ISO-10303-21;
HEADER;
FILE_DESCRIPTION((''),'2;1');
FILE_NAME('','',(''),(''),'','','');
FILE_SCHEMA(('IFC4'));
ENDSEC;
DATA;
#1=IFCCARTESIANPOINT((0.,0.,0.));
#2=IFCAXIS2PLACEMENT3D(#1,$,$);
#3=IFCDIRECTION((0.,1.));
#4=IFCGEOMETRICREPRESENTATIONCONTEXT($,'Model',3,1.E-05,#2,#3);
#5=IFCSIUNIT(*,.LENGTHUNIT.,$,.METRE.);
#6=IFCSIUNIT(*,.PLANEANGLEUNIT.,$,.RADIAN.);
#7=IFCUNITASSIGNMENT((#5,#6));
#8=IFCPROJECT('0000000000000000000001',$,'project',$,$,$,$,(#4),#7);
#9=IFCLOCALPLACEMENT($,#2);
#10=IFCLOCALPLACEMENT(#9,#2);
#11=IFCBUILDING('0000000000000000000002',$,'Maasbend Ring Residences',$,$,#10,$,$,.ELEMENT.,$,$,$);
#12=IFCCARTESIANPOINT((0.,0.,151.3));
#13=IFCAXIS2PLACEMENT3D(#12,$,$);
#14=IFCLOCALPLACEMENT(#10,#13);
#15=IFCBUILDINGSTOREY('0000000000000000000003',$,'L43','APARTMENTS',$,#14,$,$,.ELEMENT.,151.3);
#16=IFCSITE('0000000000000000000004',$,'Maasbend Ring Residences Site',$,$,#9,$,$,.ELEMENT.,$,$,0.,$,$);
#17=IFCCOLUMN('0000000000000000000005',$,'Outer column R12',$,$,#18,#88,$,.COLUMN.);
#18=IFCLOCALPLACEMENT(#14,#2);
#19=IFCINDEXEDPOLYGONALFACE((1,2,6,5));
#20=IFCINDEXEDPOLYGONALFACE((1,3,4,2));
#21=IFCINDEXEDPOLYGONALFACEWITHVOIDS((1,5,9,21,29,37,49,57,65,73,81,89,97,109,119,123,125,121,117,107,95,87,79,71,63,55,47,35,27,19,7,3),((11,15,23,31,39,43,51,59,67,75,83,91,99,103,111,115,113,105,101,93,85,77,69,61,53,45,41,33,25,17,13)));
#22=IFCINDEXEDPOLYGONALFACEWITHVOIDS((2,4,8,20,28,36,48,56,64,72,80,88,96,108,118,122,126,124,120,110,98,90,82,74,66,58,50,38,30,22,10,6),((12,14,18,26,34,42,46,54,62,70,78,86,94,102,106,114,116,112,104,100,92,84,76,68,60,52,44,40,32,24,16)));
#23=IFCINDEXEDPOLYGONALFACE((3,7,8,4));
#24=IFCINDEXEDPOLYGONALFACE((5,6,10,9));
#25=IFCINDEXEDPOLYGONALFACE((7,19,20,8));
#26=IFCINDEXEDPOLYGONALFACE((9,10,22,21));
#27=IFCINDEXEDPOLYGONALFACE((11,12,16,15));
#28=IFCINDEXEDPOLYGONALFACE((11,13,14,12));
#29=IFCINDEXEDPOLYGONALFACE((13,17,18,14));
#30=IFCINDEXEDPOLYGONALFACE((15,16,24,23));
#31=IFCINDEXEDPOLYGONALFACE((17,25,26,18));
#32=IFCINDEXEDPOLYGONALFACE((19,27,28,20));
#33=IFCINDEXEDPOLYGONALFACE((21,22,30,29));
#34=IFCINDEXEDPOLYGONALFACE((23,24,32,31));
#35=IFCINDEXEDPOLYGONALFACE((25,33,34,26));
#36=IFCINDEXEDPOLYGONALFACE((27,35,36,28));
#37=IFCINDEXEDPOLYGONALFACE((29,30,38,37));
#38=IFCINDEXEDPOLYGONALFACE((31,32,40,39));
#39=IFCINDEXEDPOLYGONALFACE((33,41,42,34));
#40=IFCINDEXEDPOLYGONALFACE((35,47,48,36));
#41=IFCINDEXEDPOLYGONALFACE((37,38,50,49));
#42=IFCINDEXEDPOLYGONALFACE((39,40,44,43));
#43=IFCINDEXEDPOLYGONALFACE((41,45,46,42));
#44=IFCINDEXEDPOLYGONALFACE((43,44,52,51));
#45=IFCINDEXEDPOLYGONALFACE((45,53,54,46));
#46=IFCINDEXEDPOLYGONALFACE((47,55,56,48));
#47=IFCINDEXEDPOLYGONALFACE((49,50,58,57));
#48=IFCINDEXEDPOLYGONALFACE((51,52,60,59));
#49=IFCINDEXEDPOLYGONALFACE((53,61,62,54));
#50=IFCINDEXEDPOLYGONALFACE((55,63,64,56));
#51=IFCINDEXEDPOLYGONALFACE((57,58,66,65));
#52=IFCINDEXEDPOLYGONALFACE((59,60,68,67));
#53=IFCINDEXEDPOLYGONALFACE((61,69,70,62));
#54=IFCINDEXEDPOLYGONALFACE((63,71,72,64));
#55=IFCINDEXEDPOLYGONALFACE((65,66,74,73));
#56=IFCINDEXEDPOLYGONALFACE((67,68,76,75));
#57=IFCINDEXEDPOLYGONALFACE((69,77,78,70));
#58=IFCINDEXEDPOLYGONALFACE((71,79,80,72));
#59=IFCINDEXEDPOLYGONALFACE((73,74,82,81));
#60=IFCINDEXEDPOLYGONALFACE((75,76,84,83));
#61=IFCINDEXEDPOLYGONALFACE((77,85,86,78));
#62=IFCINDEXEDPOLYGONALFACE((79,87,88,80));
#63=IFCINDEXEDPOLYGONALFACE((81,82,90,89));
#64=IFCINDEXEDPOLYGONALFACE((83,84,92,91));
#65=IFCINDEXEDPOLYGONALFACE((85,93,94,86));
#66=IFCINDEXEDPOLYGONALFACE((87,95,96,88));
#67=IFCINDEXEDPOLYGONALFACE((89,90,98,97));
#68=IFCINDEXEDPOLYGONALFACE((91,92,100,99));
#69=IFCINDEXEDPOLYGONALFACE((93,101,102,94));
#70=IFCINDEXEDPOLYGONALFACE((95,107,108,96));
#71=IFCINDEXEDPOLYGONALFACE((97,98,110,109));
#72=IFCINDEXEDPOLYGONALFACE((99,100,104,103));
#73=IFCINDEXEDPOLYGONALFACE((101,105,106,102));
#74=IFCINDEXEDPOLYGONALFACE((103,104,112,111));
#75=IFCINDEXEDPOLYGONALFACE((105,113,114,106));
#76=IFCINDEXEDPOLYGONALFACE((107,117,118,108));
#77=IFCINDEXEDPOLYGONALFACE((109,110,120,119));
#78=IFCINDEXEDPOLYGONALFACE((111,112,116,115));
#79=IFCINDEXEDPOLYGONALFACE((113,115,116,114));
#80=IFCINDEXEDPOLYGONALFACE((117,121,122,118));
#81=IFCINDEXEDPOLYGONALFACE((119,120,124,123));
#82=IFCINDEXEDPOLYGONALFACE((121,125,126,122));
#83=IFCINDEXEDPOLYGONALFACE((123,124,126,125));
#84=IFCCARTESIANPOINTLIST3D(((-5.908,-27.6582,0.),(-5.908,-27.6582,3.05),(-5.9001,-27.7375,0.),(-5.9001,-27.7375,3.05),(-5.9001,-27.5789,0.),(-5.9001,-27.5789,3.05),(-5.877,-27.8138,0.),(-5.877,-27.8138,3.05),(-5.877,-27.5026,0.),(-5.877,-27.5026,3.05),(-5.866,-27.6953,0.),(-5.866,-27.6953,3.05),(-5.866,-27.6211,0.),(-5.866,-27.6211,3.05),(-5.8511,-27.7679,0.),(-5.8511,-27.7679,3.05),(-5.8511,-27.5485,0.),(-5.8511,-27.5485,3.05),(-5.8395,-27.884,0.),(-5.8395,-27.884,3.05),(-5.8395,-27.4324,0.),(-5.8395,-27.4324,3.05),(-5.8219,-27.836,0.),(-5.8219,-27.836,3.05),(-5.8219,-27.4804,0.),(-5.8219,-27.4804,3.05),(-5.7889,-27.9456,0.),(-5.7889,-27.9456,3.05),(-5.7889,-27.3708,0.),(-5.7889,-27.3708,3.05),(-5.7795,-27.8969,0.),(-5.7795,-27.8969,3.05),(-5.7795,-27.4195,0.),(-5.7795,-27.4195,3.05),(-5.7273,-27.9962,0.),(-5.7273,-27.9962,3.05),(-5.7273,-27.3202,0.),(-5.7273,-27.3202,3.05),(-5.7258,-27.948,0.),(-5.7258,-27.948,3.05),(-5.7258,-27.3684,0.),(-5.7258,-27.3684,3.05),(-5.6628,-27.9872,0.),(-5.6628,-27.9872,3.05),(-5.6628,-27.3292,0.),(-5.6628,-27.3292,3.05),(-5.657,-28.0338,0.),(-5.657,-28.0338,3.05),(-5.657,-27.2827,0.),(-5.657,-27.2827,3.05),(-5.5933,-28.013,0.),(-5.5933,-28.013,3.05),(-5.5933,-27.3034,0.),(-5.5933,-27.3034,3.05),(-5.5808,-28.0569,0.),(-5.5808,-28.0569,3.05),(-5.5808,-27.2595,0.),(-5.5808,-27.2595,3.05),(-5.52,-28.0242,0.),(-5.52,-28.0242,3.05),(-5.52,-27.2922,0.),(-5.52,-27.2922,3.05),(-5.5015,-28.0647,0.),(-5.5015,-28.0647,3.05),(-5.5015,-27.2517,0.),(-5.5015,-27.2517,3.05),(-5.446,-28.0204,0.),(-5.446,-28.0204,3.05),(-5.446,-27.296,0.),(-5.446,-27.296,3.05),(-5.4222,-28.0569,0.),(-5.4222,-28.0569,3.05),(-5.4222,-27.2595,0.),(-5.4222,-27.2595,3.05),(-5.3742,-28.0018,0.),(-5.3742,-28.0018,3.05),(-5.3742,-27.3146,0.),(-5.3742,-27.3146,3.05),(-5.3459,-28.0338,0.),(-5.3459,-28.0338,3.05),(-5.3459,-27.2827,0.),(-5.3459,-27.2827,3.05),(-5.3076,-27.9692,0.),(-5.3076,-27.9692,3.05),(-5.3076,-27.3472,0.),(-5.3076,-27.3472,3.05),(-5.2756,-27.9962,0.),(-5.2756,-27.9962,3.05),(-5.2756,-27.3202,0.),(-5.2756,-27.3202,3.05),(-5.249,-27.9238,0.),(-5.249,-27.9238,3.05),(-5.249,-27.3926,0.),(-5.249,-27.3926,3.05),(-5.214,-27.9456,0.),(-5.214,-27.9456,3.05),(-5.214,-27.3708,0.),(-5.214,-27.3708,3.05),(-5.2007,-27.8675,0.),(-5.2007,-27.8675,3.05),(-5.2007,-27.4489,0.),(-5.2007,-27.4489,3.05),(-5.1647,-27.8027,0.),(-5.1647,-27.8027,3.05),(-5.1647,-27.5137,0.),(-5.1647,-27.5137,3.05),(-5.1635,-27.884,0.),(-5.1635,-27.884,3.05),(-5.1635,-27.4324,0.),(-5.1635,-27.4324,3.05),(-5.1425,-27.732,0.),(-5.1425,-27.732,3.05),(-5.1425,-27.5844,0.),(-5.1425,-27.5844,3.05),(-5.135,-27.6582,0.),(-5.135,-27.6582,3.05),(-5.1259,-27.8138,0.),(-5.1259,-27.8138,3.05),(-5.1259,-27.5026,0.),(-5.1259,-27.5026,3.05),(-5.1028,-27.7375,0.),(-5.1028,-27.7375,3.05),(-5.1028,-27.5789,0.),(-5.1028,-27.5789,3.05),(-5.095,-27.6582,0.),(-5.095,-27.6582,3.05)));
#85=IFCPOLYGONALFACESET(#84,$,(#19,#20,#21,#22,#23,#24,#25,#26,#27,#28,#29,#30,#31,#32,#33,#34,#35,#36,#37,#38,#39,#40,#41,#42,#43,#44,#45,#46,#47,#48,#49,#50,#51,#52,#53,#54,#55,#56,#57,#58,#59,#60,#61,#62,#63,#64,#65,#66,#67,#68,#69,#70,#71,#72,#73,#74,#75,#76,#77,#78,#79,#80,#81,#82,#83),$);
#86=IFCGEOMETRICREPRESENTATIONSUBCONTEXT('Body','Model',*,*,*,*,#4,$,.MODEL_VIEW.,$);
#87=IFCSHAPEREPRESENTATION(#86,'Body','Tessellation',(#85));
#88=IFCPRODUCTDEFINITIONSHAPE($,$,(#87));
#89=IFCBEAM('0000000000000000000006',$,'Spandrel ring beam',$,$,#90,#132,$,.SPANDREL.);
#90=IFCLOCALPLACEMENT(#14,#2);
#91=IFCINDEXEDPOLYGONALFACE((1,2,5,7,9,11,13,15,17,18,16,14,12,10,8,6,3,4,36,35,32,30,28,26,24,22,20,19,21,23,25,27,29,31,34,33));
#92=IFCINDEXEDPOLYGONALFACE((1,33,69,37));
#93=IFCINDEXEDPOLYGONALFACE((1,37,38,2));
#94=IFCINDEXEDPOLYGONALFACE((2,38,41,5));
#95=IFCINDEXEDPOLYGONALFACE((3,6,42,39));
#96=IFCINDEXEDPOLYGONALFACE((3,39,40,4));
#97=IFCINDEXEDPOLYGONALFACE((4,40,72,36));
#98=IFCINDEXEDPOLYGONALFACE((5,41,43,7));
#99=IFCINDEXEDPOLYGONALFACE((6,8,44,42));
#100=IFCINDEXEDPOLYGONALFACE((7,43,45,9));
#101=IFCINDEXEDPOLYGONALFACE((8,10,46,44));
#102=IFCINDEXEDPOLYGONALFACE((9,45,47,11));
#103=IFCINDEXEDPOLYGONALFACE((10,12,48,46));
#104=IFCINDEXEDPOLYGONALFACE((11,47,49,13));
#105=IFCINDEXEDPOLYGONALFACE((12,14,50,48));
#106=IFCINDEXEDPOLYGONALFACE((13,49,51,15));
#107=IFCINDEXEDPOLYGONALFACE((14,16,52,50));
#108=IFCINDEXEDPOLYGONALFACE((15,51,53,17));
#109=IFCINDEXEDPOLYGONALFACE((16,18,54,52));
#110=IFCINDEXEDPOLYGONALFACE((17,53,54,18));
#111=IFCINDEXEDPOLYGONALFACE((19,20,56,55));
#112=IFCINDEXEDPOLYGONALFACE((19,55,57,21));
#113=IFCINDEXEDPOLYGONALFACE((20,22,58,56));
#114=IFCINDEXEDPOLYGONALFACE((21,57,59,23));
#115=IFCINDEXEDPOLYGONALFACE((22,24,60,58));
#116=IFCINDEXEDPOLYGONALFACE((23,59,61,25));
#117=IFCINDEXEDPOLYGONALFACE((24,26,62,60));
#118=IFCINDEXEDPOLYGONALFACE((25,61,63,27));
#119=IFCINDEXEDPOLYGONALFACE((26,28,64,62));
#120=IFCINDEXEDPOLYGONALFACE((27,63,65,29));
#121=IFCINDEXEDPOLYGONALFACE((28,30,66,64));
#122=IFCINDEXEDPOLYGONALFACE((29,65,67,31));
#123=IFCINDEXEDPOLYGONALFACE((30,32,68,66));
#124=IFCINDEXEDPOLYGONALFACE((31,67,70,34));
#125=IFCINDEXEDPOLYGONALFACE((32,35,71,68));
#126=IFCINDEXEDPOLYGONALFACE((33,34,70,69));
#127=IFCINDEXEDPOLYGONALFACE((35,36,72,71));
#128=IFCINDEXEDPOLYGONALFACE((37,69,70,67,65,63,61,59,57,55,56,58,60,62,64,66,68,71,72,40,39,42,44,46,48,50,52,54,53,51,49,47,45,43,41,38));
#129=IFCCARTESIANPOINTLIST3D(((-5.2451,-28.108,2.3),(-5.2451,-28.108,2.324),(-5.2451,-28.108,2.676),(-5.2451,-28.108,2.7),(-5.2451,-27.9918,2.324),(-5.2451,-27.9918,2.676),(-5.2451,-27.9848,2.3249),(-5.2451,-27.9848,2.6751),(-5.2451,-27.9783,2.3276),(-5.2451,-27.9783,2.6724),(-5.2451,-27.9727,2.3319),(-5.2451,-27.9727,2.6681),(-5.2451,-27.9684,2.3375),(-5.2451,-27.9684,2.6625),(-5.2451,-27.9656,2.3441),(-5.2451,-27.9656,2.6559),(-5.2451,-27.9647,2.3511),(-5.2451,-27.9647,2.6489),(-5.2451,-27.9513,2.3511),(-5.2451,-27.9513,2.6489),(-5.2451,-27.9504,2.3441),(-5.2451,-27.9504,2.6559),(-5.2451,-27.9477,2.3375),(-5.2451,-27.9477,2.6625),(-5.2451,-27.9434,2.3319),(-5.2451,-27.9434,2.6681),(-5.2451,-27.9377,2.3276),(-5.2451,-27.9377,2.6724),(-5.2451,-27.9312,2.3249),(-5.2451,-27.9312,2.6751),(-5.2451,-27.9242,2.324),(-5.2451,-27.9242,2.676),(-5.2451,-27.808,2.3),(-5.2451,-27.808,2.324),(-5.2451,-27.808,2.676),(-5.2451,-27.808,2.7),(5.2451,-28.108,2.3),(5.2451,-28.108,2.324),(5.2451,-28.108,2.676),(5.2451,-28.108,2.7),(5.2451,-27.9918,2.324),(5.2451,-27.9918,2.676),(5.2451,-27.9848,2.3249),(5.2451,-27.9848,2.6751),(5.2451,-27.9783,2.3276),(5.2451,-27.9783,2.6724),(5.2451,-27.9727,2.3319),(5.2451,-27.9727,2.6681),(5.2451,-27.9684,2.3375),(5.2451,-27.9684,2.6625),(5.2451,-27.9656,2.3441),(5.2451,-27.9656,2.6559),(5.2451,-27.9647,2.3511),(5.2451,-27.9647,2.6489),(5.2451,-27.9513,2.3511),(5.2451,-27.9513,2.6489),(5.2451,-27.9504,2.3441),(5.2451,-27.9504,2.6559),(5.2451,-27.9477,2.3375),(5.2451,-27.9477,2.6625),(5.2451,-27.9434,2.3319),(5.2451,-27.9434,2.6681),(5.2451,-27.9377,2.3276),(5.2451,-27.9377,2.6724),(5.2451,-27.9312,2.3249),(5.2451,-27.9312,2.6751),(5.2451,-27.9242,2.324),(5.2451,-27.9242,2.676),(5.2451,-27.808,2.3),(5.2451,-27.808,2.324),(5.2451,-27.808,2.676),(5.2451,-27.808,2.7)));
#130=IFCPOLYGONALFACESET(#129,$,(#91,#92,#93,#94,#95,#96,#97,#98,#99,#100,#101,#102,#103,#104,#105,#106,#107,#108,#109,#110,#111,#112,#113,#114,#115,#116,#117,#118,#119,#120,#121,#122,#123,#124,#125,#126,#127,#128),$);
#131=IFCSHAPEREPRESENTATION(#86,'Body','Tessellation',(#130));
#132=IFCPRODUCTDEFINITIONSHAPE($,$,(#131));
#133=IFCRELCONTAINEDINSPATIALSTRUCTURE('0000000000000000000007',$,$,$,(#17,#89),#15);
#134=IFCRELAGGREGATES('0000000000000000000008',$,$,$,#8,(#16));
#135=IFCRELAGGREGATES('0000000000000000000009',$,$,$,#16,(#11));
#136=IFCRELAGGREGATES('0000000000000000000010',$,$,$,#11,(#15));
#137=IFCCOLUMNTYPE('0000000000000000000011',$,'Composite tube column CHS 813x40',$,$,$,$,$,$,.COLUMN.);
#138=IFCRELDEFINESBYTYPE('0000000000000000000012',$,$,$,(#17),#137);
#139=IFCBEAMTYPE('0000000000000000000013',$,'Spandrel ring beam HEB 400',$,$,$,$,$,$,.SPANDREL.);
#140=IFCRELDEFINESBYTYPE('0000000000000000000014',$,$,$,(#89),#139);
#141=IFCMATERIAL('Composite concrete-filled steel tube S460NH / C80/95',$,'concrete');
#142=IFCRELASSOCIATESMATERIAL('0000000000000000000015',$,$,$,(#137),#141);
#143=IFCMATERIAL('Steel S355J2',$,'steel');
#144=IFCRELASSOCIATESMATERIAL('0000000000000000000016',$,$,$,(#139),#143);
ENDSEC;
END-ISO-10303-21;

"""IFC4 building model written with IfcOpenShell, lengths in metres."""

from ifc_helpers import new_model, si_unit, direction, frame, origin, origin_2d, place, context, subcontext, project, spatial, hollow_circle, i_section, extrude, material, material_profile, profile_set, type_object, element, save


model = new_model("IFC4")

# Units and contexts
model_context = context("Model", 3, precision=1e-05, world=origin(), true_north=direction((0.0, 1.0)))
body_context = subcontext(model_context, "Body", "Model", "MODEL_VIEW")
ifc_project = project(units=[si_unit("LENGTHUNIT", "METRE"), si_unit("PLANEANGLEUNIT", "RADIAN")], contexts=[model_context])

# Site, building, storey
site_placement = place(None, origin())
site = spatial("IfcSite", under=ifc_project, at=site_placement, Name="Maasbend Ring Residences Site", CompositionType="ELEMENT", RefElevation=0.0)
building_placement = place(site_placement, origin())
building = spatial("IfcBuilding", under=site, at=building_placement, Name="Maasbend Ring Residences", CompositionType="ELEMENT")
storey_placement = place(building_placement, frame((0.0, 0.0, 151.3)))
storey = spatial("IfcBuildingStorey", under=building, at=storey_placement, Name="L43", Description="APARTMENTS", CompositionType="ELEMENT", Elevation=151.3)

# Column
ifc_material_1 = material(Name="Composite concrete-filled steel tube S460NH / C80/95", Category="concrete")
ifc_material_profile_1 = material_profile(ifc_material_1, hollow_circle(Radius=0.4065, WallThickness=0.04, at=origin_2d()), Name="Composite tube column CHS 813x40")
ifc_profile_set_1 = profile_set([ifc_material_profile_1], Name="Composite concrete-filled steel tube S460NH / C80/95")
column_type = type_object("IfcColumnType", Name="Composite tube column CHS 813x40", PredefinedType="COLUMN", material=ifc_profile_set_1)
column_placement = place(storey_placement, frame((-5.5015, -27.6582, 0.0), z_axis=(0.0, 0.0, 1.0), x_axis=(1.0, 0.0, 0.0)))
element("IfcColumn", 1, at=column_placement, inside=storey, type_object=column_type, Name="Outer column R12", PredefinedType="COLUMN", context=body_context, shape_type="SweptSolid", body=[
    extrude(hollow_circle(Radius=0.4065, WallThickness=0.04, at=origin_2d()), origin(), (0.0, 0.0, 1.0), 3.05),
])

# Beam
ifc_material_2 = material(Name="Steel S355J2", Category="steel")
ifc_material_profile_2 = material_profile(ifc_material_2, i_section(OverallWidth=0.3, OverallDepth=0.3999, WebThickness=0.0134, FlangeThickness=0.0239, FilletRadius=0.0271, at=origin_2d()), Name="HEB 400")
ifc_profile_set_2 = profile_set([ifc_material_profile_2], Name="Steel S355J2")
beam_type = type_object("IfcBeamType", Name="Spandrel ring beam HEB 400", PredefinedType="SPANDREL", material=ifc_profile_set_2)
beam_placement = place(storey_placement, frame((-5.2451, -27.958, 2.5), z_axis=(1.0, 0.0, 0.0), x_axis=(0.0, 1.0, 0.0)))
element("IfcBeam", 2, at=beam_placement, inside=storey, type_object=beam_type, Name="Spandrel ring beam", PredefinedType="SPANDREL", context=body_context, shape_type="SweptSolid", body=[
    extrude(i_section(OverallWidth=0.3, OverallDepth=0.3999, WebThickness=0.0134, FlangeThickness=0.0239, FilletRadius=0.0271, at=origin_2d()), origin(), (0.0, 0.0, 1.0), 10.4902),
])

save(model, "model.ifc")
